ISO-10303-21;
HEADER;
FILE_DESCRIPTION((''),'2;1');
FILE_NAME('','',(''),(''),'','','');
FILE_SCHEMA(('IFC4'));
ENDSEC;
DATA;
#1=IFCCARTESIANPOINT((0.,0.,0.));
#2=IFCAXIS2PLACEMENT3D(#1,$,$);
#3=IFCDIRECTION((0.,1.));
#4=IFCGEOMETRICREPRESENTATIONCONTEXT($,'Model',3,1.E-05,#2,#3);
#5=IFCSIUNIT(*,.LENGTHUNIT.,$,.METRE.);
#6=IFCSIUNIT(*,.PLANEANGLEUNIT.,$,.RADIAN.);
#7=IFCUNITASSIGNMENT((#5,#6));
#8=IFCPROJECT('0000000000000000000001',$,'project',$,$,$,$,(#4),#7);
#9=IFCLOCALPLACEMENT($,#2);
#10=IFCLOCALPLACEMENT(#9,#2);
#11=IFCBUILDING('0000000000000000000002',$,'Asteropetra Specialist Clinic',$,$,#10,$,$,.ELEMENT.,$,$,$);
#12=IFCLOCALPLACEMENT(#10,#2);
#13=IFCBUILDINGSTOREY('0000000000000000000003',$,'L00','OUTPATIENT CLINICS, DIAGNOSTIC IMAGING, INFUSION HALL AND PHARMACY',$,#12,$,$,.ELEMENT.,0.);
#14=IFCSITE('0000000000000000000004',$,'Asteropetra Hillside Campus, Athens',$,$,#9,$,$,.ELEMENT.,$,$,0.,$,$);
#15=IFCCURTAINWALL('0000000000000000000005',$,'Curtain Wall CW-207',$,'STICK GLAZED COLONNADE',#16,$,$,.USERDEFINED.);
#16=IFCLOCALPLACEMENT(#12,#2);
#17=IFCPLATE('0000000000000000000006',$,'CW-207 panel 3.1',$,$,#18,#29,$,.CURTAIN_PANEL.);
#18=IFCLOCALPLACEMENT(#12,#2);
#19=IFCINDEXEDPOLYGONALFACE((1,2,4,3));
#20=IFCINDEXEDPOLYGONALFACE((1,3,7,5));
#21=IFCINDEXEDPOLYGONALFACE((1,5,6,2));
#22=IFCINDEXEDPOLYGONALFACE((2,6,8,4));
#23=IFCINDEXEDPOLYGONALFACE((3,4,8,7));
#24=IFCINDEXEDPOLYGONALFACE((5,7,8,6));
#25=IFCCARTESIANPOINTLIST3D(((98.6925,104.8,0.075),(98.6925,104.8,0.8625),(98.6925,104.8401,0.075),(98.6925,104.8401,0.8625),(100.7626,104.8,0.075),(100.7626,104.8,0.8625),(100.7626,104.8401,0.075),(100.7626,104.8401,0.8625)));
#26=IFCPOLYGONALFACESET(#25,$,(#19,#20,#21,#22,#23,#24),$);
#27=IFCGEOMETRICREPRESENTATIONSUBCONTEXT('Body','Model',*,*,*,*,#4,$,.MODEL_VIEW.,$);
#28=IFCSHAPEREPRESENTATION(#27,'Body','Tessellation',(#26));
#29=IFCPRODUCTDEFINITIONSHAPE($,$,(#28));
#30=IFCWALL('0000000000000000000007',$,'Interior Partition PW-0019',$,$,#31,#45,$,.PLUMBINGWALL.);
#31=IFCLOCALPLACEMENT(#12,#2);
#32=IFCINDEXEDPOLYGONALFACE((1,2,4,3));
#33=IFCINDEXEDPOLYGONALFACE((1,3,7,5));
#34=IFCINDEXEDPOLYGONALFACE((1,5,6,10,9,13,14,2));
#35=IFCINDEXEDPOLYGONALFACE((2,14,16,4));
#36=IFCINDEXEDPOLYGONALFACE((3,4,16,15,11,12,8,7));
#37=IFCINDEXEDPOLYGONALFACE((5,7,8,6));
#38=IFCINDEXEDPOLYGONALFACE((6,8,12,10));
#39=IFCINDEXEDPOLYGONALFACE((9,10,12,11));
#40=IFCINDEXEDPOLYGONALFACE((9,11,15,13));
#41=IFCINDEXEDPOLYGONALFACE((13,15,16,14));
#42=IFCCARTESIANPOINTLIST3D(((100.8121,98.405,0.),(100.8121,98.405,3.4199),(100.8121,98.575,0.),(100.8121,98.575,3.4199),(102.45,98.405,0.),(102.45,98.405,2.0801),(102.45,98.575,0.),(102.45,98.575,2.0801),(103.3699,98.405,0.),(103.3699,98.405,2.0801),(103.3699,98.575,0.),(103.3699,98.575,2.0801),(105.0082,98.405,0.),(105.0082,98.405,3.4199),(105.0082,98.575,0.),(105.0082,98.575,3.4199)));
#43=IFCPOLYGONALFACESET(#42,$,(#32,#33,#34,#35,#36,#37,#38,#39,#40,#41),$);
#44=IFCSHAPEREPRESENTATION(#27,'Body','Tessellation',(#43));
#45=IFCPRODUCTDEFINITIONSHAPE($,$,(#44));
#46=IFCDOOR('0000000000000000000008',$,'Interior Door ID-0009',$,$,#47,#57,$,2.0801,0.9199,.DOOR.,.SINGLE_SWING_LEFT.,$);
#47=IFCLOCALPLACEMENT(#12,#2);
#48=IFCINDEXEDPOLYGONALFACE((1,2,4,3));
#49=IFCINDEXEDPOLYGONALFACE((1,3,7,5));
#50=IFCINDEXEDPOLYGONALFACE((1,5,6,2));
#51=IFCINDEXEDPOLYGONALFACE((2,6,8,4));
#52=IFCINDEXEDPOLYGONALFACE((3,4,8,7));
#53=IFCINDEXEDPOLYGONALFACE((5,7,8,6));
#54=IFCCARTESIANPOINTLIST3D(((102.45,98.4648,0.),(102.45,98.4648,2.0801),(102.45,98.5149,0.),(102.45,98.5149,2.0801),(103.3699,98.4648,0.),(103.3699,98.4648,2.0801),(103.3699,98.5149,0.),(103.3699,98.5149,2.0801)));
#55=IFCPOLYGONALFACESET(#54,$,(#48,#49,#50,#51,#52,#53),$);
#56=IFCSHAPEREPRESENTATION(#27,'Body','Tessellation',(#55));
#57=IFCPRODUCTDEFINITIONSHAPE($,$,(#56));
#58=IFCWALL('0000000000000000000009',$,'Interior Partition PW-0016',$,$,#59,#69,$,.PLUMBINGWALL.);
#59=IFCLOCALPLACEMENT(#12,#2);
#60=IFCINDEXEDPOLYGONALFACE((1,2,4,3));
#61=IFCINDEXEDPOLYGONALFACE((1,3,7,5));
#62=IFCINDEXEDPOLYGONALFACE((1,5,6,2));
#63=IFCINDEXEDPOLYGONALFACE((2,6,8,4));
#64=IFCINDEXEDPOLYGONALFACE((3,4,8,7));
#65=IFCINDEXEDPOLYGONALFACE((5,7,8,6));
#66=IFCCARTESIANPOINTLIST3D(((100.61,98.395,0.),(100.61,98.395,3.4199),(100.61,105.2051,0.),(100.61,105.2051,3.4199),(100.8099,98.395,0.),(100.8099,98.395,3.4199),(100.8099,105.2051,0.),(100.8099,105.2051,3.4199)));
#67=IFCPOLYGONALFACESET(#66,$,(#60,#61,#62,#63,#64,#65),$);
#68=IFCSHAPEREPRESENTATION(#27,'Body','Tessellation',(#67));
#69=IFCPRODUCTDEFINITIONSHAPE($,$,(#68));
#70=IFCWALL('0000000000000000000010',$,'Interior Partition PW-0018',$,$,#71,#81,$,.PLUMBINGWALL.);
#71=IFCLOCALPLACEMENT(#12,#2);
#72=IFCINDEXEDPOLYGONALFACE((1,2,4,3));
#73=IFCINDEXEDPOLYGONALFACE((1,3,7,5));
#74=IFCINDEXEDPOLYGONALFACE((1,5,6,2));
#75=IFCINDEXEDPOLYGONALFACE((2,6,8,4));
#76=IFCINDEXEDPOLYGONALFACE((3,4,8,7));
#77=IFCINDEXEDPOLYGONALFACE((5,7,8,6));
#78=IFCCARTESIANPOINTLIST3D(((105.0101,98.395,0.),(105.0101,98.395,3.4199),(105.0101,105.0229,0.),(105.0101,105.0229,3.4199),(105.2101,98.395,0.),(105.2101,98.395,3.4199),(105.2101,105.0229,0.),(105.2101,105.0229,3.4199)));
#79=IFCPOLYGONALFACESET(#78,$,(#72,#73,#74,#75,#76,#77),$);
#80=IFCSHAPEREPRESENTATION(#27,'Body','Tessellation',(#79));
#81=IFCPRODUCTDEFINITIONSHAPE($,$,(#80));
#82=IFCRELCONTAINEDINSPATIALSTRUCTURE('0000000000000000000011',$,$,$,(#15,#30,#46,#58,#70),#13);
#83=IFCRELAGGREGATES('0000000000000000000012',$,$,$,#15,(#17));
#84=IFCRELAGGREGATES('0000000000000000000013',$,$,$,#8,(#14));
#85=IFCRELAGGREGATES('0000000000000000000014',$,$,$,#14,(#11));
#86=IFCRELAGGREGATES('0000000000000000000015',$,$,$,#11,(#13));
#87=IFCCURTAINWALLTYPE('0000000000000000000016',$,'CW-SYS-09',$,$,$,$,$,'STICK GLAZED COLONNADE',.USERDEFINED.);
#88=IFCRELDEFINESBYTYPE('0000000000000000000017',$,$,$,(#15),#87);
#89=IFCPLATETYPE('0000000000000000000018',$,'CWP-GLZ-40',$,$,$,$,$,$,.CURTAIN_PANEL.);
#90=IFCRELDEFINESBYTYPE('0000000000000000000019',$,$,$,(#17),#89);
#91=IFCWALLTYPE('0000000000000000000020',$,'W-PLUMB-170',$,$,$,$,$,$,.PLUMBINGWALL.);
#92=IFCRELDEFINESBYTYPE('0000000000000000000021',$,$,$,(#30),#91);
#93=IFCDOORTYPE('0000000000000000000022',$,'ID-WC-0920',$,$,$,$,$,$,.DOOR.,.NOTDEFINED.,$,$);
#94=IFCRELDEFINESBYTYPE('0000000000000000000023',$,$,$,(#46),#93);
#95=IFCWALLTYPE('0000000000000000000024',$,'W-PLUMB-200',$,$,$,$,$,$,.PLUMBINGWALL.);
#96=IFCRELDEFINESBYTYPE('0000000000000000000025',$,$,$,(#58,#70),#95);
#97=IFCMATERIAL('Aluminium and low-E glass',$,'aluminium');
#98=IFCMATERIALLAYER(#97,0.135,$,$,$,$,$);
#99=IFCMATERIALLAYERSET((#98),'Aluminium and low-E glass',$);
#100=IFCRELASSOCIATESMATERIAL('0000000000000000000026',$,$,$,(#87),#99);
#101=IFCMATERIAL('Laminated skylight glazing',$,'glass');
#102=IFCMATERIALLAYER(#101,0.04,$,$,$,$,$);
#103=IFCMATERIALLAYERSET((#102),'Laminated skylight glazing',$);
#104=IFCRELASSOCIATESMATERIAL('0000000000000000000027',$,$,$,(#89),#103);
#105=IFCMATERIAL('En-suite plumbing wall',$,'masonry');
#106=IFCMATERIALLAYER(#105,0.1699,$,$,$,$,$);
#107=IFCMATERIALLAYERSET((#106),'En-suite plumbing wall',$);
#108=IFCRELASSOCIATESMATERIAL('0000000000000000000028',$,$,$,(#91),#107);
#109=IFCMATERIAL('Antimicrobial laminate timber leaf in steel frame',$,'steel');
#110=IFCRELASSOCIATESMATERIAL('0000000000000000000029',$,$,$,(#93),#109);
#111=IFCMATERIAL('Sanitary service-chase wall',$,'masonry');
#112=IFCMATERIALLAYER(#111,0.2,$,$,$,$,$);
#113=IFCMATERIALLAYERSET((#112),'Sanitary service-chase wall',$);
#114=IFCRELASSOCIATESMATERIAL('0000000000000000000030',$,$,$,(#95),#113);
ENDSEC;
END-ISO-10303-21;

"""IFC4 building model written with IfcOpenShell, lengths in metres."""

from ifc_helpers import new_model, si_unit, direction, frame, frame_2d, origin, origin_2d, place, context, subcontext, project, spatial, rectangle, extrude, material, layer, layer_set, type_object, element, fill, aggregate, save


model = new_model("IFC4")

# Units and contexts
model_context = context("Model", 3, precision=1e-05, world=origin(), true_north=direction((0.0, 1.0)))
body_context = subcontext(model_context, "Body", "Model", "MODEL_VIEW")
ifc_project = project(units=[si_unit("LENGTHUNIT", "METRE"), si_unit("PLANEANGLEUNIT", "RADIAN")], contexts=[model_context])

# Site, building, storey
site_placement = place(None, origin())
site = spatial("IfcSite", under=ifc_project, at=site_placement, Name="Asteropetra Hillside Campus, Athens", CompositionType="ELEMENT", RefElevation=0.0)
building_placement = place(site_placement, origin())
building = spatial("IfcBuilding", under=site, at=building_placement, Name="Asteropetra Specialist Clinic", CompositionType="ELEMENT")
storey_placement = place(building_placement, origin())
storey = spatial("IfcBuildingStorey", under=building, at=storey_placement, Name="L00", Description="OUTPATIENT CLINICS, DIAGNOSTIC IMAGING, INFUSION HALL AND PHARMACY", CompositionType="ELEMENT", Elevation=0.0)

# Curtain wall, plate
ifc_material_1 = material(Name="Aluminium and low-E glass", Category="aluminium")
ifc_layer_1 = layer(ifc_material_1, 0.135)
ifc_layer_set_1 = layer_set([ifc_layer_1], Name="Aluminium and low-E glass")
curtain_wall_type = type_object("IfcCurtainWallType", Name="CW-SYS-09", ElementType="STICK GLAZED COLONNADE", PredefinedType="USERDEFINED", material=ifc_layer_set_1)
curtain_wall_placement = place(storey_placement, origin())
curtain_wall = element("IfcCurtainWall", 1, at=curtain_wall_placement, inside=storey, type_object=curtain_wall_type, Name="Curtain Wall CW-207", ObjectType="STICK GLAZED COLONNADE", PredefinedType="USERDEFINED")
ifc_material_2 = material(Name="Laminated skylight glazing", Category="glass")
ifc_layer_2 = layer(ifc_material_2, 0.04)
ifc_layer_set_2 = layer_set([ifc_layer_2], Name="Laminated skylight glazing")
plate_type = type_object("IfcPlateType", Name="CWP-GLZ-40", PredefinedType="CURTAIN_PANEL", material=ifc_layer_set_2)
plate_placement = place(storey_placement, frame((99.7275, 104.8201, 0.075), z_axis=(0.0, 0.0, 1.0), x_axis=(-1.0, 0.0, 0.0)))
plate = element("IfcPlate", 2, at=plate_placement, type_object=plate_type, Name="CW-207 panel 3.1", PredefinedType="CURTAIN_PANEL", context=body_context, shape_type="SweptSolid", body=[
    extrude(rectangle(XDim=2.0701, YDim=0.04, at=origin_2d()), origin(), (0.0, 0.0, 1.0), 0.7876),
])
aggregate(curtain_wall, [plate])

# Wall, opening, door
ifc_material_3 = material(Name="En-suite plumbing wall", Category="masonry")
ifc_layer_3 = layer(ifc_material_3, 0.1699)
ifc_layer_set_3 = layer_set([ifc_layer_3], Name="En-suite plumbing wall")
wall_type_1 = type_object("IfcWallType", Name="W-PLUMB-170", PredefinedType="PLUMBINGWALL", material=ifc_layer_set_3)
wall_1_placement = place(storey_placement, frame((100.812, 98.49, 0.0), z_axis=(0.0, 0.0, 1.0), x_axis=(1.0, 0.0, 0.0)))
wall_1 = element("IfcWall", 3, at=wall_1_placement, inside=storey, type_object=wall_type_1, Name="Interior Partition PW-0019", PredefinedType="PLUMBINGWALL", context=body_context, shape_type="SweptSolid", body=[
    extrude(rectangle(XDim=4.196, YDim=0.1699, at=frame_2d((2.0981, 0.0))), origin(), (0.0, 0.0, 1.0), 3.4199),
])
opening_placement = place(wall_1_placement, frame((1.6379, 0.0, 0.0)))
opening = element("IfcOpeningElement", 4, at=opening_placement, cuts=wall_1, PredefinedType="OPENING", context=body_context, shape_type="SweptSolid", body=[
    extrude(rectangle(XDim=0.9199, YDim=2.0801, at=frame_2d((0.46, 1.04))), frame((0.0, 0.095, 0.0), z_axis=(0.0, -1.0, 0.0), x_axis=(1.0, 0.0, 0.0)), (0.0, 0.0, 1.0), 0.1899),
])
ifc_material_4 = material(Name="Antimicrobial laminate timber leaf in steel frame", Category="steel")
door_type = type_object("IfcDoorType", Name="ID-WC-0920", OperationType="NOTDEFINED", PredefinedType="DOOR", material=ifc_material_4)
door_placement = place(opening_placement, origin())
door = element("IfcDoor", 5, at=door_placement, inside=storey, type_object=door_type, Name="Interior Door ID-0009", OperationType="SINGLE_SWING_LEFT", OverallHeight=2.0801, OverallWidth=0.9199, PredefinedType="DOOR", context=body_context, shape_type="SweptSolid", body=[
    extrude(rectangle(XDim=0.9199, YDim=2.0801, at=frame_2d((0.46, 1.04))), frame((0.0, 0.0249, 0.0), z_axis=(0.0, -1.0, 0.0), x_axis=(1.0, 0.0, 0.0)), (0.0, 0.0, 1.0), 0.05),
])
fill(opening, door)

# Walls
ifc_material_5 = material(Name="Sanitary service-chase wall", Category="masonry")
ifc_layer_4 = layer(ifc_material_5, 0.2)
ifc_layer_set_4 = layer_set([ifc_layer_4], Name="Sanitary service-chase wall")
wall_type_2 = type_object("IfcWallType", Name="W-PLUMB-200", PredefinedType="PLUMBINGWALL", material=ifc_layer_set_4)
wall_2_placement = place(storey_placement, frame((100.71, 98.395, 0.0), z_axis=(0.0, 0.0, 1.0), x_axis=(0.0, 1.0, 0.0)))
element("IfcWall", 6, at=wall_2_placement, inside=storey, type_object=wall_type_2, Name="Interior Partition PW-0016", PredefinedType="PLUMBINGWALL", context=body_context, shape_type="SweptSolid", body=[
    extrude(rectangle(XDim=6.8101, YDim=0.2, at=frame_2d((3.405, 0.0))), origin(), (0.0, 0.0, 1.0), 3.4199),
])
wall_3_placement = place(storey_placement, frame((105.1101, 98.395, 0.0), z_axis=(0.0, 0.0, 1.0), x_axis=(0.0, 1.0, 0.0)))
element("IfcWall", 7, at=wall_3_placement, inside=storey, type_object=wall_type_2, Name="Interior Partition PW-0018", PredefinedType="PLUMBINGWALL", context=body_context, shape_type="SweptSolid", body=[
    extrude(rectangle(XDim=6.6279, YDim=0.2, at=frame_2d((3.314, 0.0))), origin(), (0.0, 0.0, 1.0), 3.4199),
])

save(model, "model.ifc")
